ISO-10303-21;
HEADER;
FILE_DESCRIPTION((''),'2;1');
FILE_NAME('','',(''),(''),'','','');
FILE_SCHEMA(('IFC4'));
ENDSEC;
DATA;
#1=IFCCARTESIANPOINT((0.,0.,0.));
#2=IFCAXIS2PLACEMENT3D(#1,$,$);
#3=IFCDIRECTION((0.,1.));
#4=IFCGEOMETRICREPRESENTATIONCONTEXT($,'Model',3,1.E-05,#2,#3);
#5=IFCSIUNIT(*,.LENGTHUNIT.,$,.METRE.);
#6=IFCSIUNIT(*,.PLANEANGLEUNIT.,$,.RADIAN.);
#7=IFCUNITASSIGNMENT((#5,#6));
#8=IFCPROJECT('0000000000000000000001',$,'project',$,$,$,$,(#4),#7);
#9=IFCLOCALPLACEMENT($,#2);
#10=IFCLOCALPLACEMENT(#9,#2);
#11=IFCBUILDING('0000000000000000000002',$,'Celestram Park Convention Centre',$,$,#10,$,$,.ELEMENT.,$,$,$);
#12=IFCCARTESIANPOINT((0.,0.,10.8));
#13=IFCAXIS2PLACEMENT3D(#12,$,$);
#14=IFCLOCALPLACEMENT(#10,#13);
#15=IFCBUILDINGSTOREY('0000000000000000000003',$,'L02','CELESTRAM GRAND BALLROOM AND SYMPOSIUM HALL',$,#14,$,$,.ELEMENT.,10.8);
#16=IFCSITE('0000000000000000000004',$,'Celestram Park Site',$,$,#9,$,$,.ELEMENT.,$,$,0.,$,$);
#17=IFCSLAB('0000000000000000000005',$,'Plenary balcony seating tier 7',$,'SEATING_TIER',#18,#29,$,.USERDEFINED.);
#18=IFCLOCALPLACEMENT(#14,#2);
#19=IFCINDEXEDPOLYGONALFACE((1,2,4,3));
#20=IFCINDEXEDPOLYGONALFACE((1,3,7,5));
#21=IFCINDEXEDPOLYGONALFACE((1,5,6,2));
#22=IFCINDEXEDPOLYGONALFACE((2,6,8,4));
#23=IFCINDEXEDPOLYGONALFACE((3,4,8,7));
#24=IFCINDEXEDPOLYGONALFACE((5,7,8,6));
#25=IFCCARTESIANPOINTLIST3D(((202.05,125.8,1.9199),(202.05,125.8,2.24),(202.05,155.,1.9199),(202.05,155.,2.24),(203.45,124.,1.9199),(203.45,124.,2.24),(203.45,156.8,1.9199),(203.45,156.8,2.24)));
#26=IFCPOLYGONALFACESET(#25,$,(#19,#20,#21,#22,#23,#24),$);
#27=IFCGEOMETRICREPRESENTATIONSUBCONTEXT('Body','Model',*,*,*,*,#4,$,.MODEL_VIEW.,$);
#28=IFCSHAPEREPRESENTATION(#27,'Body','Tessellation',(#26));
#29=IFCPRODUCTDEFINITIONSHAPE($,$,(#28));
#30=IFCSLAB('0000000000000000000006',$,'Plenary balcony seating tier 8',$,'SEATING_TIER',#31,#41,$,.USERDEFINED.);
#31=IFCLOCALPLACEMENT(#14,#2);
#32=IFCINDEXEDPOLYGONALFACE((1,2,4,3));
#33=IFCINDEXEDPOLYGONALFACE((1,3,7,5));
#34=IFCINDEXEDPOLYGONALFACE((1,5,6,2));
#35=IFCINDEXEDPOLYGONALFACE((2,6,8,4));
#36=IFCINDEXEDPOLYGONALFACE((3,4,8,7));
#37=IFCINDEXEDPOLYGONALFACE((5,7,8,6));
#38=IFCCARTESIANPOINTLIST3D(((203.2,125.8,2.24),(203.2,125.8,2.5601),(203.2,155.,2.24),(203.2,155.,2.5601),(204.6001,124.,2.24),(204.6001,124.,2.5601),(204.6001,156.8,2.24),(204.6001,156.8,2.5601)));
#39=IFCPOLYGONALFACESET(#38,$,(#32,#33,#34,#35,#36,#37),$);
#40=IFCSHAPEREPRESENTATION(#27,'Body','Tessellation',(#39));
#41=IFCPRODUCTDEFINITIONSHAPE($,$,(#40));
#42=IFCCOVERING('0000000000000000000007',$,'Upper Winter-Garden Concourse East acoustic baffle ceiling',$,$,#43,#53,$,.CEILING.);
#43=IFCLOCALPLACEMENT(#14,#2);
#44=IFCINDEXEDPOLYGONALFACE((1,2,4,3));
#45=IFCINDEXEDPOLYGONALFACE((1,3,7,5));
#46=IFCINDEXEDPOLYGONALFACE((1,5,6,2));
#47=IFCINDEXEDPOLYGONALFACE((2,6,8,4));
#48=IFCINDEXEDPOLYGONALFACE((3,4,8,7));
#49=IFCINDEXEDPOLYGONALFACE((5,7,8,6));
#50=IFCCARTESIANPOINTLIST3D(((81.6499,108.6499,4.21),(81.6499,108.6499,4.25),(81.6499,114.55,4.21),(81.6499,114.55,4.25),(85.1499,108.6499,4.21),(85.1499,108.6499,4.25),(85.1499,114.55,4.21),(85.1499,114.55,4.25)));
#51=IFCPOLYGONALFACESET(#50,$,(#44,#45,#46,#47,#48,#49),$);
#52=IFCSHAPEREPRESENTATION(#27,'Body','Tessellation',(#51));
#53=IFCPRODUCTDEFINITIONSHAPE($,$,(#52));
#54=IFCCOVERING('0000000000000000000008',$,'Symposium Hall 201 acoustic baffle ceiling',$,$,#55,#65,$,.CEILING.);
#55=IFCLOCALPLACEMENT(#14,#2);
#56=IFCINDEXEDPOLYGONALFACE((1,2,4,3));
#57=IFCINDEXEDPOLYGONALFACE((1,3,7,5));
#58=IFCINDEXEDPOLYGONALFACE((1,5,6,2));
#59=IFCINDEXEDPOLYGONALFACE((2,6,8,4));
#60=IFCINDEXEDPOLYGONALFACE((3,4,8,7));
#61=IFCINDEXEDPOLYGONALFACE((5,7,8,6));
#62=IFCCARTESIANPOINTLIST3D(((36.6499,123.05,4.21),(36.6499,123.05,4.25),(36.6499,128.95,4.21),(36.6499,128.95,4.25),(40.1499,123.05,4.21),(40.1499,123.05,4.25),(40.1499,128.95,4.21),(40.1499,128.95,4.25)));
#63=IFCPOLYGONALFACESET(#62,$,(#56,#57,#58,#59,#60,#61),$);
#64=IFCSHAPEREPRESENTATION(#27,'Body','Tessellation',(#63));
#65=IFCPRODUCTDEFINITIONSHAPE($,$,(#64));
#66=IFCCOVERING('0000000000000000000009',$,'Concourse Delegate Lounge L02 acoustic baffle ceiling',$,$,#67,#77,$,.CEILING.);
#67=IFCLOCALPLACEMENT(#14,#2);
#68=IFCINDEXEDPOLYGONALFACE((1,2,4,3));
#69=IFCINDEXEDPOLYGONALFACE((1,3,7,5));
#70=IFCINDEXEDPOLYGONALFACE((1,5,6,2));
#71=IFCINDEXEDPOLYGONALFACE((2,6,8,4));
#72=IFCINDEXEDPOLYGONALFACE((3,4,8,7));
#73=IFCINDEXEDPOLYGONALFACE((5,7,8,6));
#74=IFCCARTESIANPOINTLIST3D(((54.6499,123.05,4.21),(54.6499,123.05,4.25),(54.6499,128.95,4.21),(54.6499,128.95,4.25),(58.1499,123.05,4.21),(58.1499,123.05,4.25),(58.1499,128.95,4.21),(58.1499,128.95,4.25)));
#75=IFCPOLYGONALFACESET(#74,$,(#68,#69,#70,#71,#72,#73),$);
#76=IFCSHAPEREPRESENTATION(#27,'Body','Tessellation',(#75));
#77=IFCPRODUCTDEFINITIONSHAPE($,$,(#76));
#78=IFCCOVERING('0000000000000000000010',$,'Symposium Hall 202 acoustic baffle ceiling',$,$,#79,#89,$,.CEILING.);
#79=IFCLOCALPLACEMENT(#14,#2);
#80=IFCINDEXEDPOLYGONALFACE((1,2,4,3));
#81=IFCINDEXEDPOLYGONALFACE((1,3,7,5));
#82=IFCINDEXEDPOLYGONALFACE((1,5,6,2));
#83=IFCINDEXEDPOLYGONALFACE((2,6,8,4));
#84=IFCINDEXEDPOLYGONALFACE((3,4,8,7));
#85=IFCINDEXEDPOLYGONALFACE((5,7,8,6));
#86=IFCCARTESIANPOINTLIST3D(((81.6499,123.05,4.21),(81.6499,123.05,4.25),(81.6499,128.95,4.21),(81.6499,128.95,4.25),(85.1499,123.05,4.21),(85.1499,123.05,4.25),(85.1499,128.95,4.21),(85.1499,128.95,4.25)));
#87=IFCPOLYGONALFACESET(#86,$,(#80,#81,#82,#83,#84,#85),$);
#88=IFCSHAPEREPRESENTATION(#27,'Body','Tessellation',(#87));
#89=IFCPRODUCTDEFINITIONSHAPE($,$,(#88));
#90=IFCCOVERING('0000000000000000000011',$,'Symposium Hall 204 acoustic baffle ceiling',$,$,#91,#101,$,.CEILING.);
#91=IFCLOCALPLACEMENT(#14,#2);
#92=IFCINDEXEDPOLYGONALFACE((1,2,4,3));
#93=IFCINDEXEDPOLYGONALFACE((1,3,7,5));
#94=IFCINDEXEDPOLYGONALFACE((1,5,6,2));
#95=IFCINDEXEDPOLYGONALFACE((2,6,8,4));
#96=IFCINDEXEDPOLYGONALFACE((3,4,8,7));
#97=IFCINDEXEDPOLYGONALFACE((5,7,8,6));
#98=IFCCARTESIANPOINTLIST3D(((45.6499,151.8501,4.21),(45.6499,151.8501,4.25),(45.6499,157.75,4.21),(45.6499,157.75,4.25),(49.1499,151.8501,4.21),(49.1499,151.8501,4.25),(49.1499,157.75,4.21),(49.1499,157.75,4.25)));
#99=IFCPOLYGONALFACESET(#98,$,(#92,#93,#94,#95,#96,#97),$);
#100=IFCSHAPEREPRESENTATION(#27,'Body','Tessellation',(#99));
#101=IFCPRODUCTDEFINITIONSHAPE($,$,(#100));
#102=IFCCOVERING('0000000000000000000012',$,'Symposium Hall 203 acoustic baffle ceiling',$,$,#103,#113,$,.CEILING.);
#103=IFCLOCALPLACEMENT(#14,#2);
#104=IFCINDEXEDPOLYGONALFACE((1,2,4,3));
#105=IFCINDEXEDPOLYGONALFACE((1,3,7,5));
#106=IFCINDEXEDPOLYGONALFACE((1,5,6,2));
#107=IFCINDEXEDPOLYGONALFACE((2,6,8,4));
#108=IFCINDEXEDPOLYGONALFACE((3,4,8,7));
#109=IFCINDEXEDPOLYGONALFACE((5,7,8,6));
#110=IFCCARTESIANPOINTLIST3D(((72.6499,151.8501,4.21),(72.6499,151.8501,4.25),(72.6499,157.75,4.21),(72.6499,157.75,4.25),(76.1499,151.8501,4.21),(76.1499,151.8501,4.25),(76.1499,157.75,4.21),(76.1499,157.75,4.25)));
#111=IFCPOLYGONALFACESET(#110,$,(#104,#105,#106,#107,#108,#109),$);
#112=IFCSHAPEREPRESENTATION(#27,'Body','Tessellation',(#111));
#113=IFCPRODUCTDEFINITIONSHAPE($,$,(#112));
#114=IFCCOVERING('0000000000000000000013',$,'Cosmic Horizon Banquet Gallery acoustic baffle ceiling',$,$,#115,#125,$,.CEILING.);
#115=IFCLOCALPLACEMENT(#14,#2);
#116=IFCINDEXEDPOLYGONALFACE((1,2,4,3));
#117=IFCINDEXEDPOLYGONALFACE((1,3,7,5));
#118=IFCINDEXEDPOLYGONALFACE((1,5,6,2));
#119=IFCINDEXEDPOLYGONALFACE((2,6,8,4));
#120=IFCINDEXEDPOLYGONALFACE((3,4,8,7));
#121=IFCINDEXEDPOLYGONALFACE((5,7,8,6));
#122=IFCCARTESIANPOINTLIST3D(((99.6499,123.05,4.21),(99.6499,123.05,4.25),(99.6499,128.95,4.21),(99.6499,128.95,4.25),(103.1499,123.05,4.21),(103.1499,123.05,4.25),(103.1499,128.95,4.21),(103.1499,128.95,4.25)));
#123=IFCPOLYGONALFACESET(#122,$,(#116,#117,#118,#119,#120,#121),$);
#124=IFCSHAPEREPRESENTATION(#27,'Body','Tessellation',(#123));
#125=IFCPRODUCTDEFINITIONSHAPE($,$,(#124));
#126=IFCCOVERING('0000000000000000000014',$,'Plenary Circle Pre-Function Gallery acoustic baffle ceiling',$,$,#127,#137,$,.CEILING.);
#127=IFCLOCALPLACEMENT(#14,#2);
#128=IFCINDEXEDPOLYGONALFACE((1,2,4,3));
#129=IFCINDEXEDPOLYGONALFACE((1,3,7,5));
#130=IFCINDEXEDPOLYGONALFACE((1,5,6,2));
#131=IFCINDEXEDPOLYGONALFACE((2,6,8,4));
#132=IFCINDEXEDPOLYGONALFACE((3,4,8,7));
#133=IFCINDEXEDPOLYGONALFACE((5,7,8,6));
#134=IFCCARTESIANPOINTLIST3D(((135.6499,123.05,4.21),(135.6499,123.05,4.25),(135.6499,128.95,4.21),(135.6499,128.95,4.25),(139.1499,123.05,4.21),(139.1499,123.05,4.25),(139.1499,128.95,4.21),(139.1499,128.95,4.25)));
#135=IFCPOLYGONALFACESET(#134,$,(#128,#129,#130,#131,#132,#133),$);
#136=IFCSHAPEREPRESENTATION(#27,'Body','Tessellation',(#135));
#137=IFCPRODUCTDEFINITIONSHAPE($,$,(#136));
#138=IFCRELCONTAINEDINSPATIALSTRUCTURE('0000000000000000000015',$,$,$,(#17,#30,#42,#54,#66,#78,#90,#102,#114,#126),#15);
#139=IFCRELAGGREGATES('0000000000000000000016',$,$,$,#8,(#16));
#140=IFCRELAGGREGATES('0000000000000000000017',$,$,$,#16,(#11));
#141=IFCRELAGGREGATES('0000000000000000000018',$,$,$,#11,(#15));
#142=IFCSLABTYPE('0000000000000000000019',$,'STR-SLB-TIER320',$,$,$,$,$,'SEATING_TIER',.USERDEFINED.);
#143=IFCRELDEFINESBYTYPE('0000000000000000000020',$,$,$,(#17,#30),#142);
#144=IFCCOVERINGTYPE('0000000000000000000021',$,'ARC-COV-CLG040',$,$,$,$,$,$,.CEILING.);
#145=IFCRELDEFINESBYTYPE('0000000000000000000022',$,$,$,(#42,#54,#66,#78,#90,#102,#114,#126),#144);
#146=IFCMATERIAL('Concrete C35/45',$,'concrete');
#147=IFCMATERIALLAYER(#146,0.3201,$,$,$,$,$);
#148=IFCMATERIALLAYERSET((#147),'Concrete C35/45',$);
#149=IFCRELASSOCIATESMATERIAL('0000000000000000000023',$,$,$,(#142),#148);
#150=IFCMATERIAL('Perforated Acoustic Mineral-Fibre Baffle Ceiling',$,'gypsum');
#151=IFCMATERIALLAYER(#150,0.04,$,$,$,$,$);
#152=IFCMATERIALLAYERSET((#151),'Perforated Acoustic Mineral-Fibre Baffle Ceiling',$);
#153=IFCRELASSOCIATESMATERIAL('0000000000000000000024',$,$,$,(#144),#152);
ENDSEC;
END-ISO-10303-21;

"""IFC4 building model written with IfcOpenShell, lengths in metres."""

from ifc_helpers import new_model, si_unit, direction, frame, origin, place, context, subcontext, project, spatial, polyline, outline, extrude, material, layer, layer_set, type_object, element, save


model = new_model("IFC4")

# Units and contexts
model_context = context("Model", 3, precision=1e-05, world=origin(), true_north=direction((0.0, 1.0)))
body_context = subcontext(model_context, "Body", "Model", "MODEL_VIEW")
ifc_project = project(units=[si_unit("LENGTHUNIT", "METRE"), si_unit("PLANEANGLEUNIT", "RADIAN")], contexts=[model_context])

# Site, building, storey
site_placement = place(None, origin())
site = spatial("IfcSite", under=ifc_project, at=site_placement, Name="Celestram Park Site", CompositionType="ELEMENT", RefElevation=0.0)
building_placement = place(site_placement, origin())
building = spatial("IfcBuilding", under=site, at=building_placement, Name="Celestram Park Convention Centre", CompositionType="ELEMENT")
storey_placement = place(building_placement, frame((0.0, 0.0, 10.8)))
storey = spatial("IfcBuildingStorey", under=building, at=storey_placement, Name="L02", Description="CELESTRAM GRAND BALLROOM AND SYMPOSIUM HALL", CompositionType="ELEMENT", Elevation=10.8)

# Shared definitions
ifc_material_1 = material(Name="Concrete C35/45", Category="concrete")

# Slabs
ifc_layer_1 = layer(ifc_material_1, 0.3201)
ifc_layer_set_1 = layer_set([ifc_layer_1], Name="Concrete C35/45")
slab_type_1 = type_object("IfcSlabType", Name="STR-SLB-TIER320", ElementType="SEATING_TIER", PredefinedType="USERDEFINED", material=ifc_layer_set_1)
slab_1_placement = place(storey_placement, frame((0.0, 0.0, 1.9199)))
element("IfcSlab", 1, at=slab_1_placement, inside=storey, type_object=slab_type_1, Name="Plenary balcony seating tier 7", ObjectType="SEATING_TIER", PredefinedType="USERDEFINED", context=body_context, shape_type="SweptSolid", body=[
    extrude(outline(polyline([(202.05, 125.8), (203.45, 124.0), (203.45, 156.8), (202.05, 155.0), (202.05, 125.8)])), origin(), (0.0, 0.0, 1.0), 0.3201),
])
slab_2_placement = place(storey_placement, frame((0.0, 0.0, 2.24)))
element("IfcSlab", 2, at=slab_2_placement, inside=storey, type_object=slab_type_1, Name="Plenary balcony seating tier 8", ObjectType="SEATING_TIER", PredefinedType="USERDEFINED", context=body_context, shape_type="SweptSolid", body=[
    extrude(outline(polyline([(203.2, 125.8), (204.6001, 124.0), (204.6001, 156.8), (203.2, 155.0), (203.2, 125.8)])), origin(), (0.0, 0.0, 1.0), 0.3201),
])

# Coverings
ifc_material_2 = material(Name="Perforated Acoustic Mineral-Fibre Baffle Ceiling", Category="gypsum")
ifc_layer_2 = layer(ifc_material_2, 0.04)
ifc_layer_set_2 = layer_set([ifc_layer_2], Name="Perforated Acoustic Mineral-Fibre Baffle Ceiling")
covering_type = type_object("IfcCoveringType", Name="ARC-COV-CLG040", PredefinedType="CEILING", material=ifc_layer_set_2)
covering_1_placement = place(storey_placement, frame((0.0, 0.0, 4.21)))
element("IfcCovering", 3, at=covering_1_placement, inside=storey, type_object=covering_type, Name="Upper Winter-Garden Concourse East acoustic baffle ceiling", PredefinedType="CEILING", context=body_context, shape_type="SweptSolid", body=[
    extrude(outline(polyline([(81.6499, 108.6499), (85.1499, 108.6499), (85.1499, 114.55), (81.6499, 114.55), (81.6499, 108.6499)])), origin(), (0.0, 0.0, 1.0), 0.04),
])
covering_2_placement = place(storey_placement, frame((0.0, 0.0, 4.21)))
element("IfcCovering", 4, at=covering_2_placement, inside=storey, type_object=covering_type, Name="Symposium Hall 201 acoustic baffle ceiling", PredefinedType="CEILING", context=body_context, shape_type="SweptSolid", body=[
    extrude(outline(polyline([(36.6499, 123.05), (40.1499, 123.05), (40.1499, 128.95), (36.6499, 128.95), (36.6499, 123.05)])), origin(), (0.0, 0.0, 1.0), 0.04),
])
covering_3_placement = place(storey_placement, frame((0.0, 0.0, 4.21)))
element("IfcCovering", 5, at=covering_3_placement, inside=storey, type_object=covering_type, Name="Concourse Delegate Lounge L02 acoustic baffle ceiling", PredefinedType="CEILING", context=body_context, shape_type="SweptSolid", body=[
    extrude(outline(polyline([(54.6499, 123.05), (58.1499, 123.05), (58.1499, 128.95), (54.6499, 128.95), (54.6499, 123.05)])), origin(), (0.0, 0.0, 1.0), 0.04),
])
covering_4_placement = place(storey_placement, frame((0.0, 0.0, 4.21)))
element("IfcCovering", 6, at=covering_4_placement, inside=storey, type_object=covering_type, Name="Symposium Hall 202 acoustic baffle ceiling", PredefinedType="CEILING", context=body_context, shape_type="SweptSolid", body=[
    extrude(outline(polyline([(81.6499, 123.05), (85.1499, 123.05), (85.1499, 128.95), (81.6499, 128.95), (81.6499, 123.05)])), origin(), (0.0, 0.0, 1.0), 0.04),
])
covering_5_placement = place(storey_placement, frame((0.0, 0.0, 4.21)))
element("IfcCovering", 7, at=covering_5_placement, inside=storey, type_object=covering_type, Name="Symposium Hall 204 acoustic baffle ceiling", PredefinedType="CEILING", context=body_context, shape_type="SweptSolid", body=[
    extrude(outline(polyline([(45.6499, 151.8501), (49.1499, 151.8501), (49.1499, 157.75), (45.6499, 157.75), (45.6499, 151.8501)])), origin(), (0.0, 0.0, 1.0), 0.04),
])
covering_6_placement = place(storey_placement, frame((0.0, 0.0, 4.21)))
element("IfcCovering", 8, at=covering_6_placement, inside=storey, type_object=covering_type, Name="Symposium Hall 203 acoustic baffle ceiling", PredefinedType="CEILING", context=body_context, shape_type="SweptSolid", body=[
    extrude(outline(polyline([(72.6499, 151.8501), (76.1499, 151.8501), (76.1499, 157.75), (72.6499, 157.75), (72.6499, 151.8501)])), origin(), (0.0, 0.0, 1.0), 0.04),
])
covering_7_placement = place(storey_placement, frame((0.0, 0.0, 4.21)))
element("IfcCovering", 9, at=covering_7_placement, inside=storey, type_object=covering_type, Name="Cosmic Horizon Banquet Gallery acoustic baffle ceiling", PredefinedType="CEILING", context=body_context, shape_type="SweptSolid", body=[
    extrude(outline(polyline([(99.6499, 123.05), (103.1499, 123.05), (103.1499, 128.95), (99.6499, 128.95), (99.6499, 123.05)])), origin(), (0.0, 0.0, 1.0), 0.04),
])
covering_8_placement = place(storey_placement, frame((0.0, 0.0, 4.21)))
element("IfcCovering", 10, at=covering_8_placement, inside=storey, type_object=covering_type, Name="Plenary Circle Pre-Function Gallery acoustic baffle ceiling", PredefinedType="CEILING", context=body_context, shape_type="SweptSolid", body=[
    extrude(outline(polyline([(135.6499, 123.05), (139.1499, 123.05), (139.1499, 128.95), (135.6499, 128.95), (135.6499, 123.05)])), origin(), (0.0, 0.0, 1.0), 0.04),
])

save(model, "model.ifc")
